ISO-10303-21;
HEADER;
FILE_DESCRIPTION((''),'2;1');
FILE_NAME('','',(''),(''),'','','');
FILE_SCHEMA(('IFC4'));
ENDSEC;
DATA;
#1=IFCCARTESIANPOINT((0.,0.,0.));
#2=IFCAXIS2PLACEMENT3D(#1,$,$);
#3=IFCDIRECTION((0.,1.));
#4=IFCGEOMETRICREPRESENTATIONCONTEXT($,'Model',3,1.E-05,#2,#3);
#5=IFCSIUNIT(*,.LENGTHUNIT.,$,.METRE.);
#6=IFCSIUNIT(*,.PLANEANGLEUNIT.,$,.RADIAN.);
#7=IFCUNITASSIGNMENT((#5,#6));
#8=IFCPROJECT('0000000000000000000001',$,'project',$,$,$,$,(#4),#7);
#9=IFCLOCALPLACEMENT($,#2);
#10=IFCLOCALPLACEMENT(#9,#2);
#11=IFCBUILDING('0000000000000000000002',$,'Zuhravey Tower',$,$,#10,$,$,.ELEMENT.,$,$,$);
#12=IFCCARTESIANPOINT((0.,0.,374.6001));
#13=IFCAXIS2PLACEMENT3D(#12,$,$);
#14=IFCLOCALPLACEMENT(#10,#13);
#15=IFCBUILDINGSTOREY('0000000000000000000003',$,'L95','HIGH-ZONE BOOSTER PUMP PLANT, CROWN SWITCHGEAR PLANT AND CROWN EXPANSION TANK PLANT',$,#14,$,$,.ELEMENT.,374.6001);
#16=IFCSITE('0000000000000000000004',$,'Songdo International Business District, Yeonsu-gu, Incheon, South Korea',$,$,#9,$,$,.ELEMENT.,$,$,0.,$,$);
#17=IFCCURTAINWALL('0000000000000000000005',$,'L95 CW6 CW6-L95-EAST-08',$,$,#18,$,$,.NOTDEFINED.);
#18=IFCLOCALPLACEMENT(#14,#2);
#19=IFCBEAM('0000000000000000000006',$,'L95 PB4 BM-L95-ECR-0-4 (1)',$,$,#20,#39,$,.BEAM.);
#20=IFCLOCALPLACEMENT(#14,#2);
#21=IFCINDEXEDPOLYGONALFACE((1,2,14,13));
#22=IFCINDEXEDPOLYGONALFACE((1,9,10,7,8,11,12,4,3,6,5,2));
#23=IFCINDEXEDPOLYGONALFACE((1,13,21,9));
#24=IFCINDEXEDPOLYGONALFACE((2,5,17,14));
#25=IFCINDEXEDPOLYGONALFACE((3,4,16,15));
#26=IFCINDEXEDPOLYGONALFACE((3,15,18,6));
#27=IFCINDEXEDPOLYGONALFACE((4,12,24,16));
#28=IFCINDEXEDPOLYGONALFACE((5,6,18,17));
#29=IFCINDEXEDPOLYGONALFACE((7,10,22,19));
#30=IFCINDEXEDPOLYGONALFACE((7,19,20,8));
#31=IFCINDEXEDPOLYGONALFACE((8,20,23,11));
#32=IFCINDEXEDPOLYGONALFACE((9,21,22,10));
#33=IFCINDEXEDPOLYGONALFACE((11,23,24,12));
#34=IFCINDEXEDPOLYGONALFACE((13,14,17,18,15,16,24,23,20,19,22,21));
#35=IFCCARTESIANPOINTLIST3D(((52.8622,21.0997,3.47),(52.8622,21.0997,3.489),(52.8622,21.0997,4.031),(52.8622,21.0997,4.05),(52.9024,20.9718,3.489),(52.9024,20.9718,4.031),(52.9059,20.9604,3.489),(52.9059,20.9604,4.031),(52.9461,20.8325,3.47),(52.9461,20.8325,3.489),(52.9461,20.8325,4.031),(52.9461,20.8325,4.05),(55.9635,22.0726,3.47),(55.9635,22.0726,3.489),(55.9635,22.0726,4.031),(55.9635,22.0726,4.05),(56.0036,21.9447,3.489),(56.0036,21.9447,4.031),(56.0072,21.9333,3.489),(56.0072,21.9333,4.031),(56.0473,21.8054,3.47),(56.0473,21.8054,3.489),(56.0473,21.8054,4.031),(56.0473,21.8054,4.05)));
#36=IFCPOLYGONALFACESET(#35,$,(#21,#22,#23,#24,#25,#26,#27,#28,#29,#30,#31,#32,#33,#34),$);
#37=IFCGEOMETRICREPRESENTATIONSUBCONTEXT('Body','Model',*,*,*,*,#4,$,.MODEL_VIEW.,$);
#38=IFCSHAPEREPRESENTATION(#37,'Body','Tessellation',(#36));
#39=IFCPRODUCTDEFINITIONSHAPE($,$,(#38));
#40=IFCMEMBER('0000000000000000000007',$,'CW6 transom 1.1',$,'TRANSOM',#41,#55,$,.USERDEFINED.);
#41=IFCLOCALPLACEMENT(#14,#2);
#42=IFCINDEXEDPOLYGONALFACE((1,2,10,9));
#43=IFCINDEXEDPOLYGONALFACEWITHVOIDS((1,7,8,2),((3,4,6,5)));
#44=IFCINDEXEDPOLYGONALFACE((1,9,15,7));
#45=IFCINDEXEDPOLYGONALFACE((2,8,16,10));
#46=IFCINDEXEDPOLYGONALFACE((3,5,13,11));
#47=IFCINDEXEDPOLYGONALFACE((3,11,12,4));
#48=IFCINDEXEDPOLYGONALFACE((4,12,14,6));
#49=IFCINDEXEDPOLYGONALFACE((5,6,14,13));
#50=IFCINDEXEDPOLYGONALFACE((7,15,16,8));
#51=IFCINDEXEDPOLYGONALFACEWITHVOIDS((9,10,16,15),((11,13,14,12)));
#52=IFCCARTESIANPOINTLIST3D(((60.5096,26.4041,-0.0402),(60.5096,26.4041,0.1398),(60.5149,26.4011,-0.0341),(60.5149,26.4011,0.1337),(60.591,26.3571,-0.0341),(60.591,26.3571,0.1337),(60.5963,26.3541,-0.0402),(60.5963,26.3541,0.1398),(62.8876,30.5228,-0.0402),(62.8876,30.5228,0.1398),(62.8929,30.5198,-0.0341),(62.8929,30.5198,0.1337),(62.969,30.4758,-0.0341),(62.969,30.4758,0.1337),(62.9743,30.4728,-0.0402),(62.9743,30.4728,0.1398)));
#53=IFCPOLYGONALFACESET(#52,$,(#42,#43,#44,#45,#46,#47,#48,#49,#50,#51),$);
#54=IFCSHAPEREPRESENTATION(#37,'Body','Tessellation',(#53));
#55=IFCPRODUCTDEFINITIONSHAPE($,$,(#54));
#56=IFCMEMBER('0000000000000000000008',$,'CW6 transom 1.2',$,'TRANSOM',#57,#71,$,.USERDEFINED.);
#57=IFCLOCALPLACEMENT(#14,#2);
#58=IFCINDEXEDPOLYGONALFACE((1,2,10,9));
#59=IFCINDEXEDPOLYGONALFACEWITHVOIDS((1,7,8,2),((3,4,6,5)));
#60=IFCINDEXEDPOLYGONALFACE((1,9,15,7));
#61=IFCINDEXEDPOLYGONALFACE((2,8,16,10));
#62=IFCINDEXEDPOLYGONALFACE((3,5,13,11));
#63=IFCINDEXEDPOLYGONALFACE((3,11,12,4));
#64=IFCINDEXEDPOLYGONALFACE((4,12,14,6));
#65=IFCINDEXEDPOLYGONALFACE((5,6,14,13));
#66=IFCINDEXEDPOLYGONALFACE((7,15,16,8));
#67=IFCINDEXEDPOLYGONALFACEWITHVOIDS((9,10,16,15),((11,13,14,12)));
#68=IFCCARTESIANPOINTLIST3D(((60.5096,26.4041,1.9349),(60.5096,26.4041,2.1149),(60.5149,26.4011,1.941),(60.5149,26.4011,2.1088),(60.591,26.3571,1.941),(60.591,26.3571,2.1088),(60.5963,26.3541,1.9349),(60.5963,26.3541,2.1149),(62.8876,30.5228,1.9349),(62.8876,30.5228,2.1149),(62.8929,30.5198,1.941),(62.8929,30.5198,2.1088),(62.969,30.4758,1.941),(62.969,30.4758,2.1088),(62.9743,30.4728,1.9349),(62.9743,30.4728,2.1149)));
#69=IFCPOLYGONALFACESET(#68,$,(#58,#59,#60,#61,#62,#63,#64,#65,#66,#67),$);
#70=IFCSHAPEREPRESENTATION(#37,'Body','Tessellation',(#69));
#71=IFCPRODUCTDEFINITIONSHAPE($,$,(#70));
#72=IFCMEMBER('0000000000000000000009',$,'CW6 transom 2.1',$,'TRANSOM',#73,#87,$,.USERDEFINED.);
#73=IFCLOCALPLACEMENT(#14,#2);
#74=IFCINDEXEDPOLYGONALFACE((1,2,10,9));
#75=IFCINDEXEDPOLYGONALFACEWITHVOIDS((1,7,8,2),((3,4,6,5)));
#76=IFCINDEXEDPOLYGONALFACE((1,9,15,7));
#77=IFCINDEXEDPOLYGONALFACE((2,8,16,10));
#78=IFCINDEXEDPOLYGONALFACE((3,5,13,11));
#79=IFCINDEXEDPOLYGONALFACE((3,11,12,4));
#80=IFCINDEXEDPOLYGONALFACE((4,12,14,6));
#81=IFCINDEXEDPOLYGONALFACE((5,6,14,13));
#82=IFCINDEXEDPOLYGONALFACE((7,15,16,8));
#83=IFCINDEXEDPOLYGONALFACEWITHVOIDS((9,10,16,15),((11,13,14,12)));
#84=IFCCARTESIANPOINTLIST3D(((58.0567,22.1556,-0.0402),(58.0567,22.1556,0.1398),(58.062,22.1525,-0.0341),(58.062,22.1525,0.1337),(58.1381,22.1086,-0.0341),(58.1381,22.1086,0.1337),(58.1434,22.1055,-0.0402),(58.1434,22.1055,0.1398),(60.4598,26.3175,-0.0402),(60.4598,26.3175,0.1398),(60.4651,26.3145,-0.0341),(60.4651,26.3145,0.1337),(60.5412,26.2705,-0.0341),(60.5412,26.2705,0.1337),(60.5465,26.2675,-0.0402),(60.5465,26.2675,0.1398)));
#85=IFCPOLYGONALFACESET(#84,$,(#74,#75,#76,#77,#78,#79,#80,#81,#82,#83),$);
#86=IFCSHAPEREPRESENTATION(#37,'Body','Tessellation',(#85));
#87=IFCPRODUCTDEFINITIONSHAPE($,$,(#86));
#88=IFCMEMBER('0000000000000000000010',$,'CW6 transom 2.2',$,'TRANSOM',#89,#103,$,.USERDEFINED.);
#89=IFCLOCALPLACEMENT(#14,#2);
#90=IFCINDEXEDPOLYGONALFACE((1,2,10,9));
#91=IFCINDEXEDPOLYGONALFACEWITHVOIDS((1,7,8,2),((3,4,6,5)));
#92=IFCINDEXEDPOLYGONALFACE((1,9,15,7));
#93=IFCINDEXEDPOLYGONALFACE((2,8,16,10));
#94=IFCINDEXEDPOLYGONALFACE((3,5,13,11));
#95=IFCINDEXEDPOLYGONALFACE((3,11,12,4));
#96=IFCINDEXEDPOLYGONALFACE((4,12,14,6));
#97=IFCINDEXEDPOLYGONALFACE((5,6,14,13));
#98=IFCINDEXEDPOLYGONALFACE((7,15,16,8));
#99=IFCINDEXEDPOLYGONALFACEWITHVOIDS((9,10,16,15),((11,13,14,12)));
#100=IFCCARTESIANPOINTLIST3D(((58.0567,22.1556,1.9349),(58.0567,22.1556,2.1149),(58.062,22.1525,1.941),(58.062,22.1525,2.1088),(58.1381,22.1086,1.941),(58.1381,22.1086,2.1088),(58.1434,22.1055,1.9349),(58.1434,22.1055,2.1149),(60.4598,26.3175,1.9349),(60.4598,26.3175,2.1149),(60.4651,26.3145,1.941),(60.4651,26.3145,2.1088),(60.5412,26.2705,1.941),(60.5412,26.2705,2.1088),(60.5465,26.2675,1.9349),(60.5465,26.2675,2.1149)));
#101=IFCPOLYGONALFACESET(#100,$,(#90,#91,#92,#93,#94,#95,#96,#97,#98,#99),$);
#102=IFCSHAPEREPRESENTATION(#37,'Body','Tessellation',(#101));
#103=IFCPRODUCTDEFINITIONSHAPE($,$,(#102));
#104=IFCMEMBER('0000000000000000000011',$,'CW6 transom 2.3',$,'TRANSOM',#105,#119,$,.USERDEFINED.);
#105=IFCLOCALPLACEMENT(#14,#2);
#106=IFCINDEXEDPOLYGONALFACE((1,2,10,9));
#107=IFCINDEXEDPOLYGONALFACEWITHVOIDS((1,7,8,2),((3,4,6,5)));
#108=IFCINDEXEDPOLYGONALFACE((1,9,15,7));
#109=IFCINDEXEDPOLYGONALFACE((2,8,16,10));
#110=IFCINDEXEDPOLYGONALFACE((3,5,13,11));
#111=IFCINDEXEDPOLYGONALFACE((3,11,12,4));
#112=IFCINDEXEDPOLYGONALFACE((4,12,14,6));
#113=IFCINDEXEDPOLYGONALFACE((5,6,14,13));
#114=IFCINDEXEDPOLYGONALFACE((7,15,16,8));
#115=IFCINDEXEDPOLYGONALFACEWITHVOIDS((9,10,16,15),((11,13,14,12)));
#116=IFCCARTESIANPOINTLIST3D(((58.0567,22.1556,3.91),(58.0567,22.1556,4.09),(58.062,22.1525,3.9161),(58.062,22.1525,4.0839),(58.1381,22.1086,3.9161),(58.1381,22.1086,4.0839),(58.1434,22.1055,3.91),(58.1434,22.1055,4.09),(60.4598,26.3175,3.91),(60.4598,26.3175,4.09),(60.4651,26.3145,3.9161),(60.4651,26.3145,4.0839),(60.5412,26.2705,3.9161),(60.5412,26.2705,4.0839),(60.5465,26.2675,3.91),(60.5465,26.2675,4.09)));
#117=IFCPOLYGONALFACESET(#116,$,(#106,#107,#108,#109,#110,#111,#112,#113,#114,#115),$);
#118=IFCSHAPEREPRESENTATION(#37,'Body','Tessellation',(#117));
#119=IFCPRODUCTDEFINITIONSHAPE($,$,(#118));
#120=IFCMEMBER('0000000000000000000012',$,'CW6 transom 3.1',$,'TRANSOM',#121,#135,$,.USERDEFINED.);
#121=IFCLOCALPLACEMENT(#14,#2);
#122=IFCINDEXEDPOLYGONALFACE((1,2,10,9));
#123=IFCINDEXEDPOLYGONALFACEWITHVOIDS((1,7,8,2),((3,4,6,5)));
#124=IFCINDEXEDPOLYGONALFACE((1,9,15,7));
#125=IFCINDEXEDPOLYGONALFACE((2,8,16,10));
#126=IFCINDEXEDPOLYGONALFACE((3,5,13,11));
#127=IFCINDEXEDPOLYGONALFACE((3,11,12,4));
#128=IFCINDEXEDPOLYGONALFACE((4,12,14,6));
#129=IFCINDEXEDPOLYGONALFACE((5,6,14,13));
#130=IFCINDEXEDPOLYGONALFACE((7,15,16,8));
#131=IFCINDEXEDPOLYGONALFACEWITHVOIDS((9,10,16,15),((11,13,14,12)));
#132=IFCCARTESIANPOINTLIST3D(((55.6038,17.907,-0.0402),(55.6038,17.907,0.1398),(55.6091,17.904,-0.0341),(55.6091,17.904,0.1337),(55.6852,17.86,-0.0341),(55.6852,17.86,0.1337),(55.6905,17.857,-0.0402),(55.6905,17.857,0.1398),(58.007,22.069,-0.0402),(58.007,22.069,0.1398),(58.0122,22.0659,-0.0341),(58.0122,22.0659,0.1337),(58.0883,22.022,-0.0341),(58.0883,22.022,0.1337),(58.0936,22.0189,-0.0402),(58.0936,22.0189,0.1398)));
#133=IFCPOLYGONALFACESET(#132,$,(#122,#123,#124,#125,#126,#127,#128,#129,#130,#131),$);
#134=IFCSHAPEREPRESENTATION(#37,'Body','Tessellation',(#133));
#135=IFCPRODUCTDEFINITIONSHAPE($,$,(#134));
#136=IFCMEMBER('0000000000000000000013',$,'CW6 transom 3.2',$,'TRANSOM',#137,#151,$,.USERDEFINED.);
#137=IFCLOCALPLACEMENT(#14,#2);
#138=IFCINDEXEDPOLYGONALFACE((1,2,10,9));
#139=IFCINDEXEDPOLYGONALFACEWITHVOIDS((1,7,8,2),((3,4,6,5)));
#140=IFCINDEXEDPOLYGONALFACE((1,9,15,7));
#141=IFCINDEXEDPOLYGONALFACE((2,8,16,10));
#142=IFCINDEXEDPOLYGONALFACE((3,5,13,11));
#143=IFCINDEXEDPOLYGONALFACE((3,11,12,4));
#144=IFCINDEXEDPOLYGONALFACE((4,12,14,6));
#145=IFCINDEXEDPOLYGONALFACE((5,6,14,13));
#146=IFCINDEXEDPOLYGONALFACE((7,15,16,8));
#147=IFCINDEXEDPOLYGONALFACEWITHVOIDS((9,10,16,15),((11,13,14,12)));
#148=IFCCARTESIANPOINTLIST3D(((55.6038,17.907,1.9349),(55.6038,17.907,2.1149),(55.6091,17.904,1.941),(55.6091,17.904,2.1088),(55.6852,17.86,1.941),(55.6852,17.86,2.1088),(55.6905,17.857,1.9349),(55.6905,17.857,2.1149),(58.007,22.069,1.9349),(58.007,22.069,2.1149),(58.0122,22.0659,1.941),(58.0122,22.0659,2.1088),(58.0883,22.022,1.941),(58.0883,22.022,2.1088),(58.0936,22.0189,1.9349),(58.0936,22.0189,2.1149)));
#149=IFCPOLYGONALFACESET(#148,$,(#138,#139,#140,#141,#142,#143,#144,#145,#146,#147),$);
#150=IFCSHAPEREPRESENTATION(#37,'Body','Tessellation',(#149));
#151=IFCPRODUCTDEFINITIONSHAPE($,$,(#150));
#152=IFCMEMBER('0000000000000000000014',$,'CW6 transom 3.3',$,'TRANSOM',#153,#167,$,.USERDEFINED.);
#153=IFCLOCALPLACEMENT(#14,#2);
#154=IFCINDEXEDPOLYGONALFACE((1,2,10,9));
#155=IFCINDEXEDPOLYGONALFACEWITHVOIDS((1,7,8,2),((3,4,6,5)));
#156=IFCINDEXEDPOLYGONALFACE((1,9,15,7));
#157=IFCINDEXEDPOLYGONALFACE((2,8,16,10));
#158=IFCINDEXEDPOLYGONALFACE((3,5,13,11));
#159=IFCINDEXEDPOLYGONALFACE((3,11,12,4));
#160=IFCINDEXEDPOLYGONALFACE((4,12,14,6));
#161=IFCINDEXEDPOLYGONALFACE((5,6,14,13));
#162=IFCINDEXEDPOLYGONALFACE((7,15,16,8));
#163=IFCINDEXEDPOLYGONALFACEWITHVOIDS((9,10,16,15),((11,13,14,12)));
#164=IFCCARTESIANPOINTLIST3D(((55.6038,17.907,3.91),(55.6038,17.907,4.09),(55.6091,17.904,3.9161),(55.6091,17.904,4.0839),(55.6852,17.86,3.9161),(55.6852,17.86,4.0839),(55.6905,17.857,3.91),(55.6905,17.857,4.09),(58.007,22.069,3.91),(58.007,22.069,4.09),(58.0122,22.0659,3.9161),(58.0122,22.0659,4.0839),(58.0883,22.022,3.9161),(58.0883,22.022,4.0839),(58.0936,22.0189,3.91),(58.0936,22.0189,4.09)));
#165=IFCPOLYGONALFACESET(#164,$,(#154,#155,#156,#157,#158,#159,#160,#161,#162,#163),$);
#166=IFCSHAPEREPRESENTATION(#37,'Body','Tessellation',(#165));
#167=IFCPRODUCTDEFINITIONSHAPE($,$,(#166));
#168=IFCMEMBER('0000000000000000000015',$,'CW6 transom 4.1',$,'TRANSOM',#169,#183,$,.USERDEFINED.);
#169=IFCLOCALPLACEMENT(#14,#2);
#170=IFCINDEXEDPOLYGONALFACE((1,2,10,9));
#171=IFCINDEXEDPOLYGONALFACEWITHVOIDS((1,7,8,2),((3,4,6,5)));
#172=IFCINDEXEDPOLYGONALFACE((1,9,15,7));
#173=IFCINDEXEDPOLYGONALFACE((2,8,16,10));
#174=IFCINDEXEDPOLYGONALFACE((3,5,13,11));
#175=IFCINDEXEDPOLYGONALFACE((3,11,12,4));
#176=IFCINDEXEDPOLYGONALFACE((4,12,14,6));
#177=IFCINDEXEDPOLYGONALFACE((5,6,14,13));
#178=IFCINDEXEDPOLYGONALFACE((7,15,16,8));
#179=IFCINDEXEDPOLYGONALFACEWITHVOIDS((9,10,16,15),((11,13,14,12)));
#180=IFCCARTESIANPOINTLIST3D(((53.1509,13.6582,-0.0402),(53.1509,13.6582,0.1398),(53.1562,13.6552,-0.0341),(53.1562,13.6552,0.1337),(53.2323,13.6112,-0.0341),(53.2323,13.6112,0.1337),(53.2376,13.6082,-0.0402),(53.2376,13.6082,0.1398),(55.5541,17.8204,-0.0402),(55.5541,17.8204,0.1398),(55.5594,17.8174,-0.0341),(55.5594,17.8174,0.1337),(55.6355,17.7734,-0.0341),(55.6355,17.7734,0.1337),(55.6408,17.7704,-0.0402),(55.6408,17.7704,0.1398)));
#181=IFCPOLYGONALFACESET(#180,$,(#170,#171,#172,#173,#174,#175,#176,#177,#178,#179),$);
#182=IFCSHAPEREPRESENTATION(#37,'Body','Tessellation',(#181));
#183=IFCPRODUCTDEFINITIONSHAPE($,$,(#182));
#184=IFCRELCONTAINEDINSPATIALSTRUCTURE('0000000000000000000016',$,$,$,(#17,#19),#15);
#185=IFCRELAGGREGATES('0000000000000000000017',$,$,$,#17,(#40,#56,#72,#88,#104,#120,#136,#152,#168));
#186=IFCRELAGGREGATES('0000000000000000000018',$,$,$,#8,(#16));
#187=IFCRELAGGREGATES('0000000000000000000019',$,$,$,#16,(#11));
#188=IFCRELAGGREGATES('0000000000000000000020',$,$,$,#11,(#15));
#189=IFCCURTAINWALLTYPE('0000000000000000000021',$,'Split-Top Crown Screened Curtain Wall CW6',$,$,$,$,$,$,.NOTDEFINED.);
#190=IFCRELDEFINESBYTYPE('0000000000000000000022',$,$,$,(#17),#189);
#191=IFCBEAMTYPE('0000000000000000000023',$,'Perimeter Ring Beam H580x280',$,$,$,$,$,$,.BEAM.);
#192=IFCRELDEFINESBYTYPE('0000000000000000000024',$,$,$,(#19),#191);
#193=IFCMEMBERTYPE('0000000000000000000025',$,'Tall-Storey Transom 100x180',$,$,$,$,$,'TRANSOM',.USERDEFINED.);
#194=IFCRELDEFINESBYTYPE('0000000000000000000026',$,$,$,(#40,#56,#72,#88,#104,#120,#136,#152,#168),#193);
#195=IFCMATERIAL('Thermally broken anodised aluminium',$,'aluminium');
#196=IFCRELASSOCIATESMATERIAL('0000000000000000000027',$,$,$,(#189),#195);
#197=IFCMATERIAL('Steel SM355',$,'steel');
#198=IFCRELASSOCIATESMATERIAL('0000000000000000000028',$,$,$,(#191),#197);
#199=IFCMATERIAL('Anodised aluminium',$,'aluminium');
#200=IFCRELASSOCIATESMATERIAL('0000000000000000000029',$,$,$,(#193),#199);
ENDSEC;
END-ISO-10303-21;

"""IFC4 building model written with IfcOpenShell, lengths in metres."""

from ifc_helpers import new_model, si_unit, direction, frame, origin, origin_2d, place, context, subcontext, project, spatial, hollow_rectangle, i_section, extrude, material, material_profile, profile_set, type_object, element, aggregate, save


model = new_model("IFC4")

# Units and contexts
model_context = context("Model", 3, precision=1e-05, world=origin(), true_north=direction((0.0, 1.0)))
body_context = subcontext(model_context, "Body", "Model", "MODEL_VIEW")
ifc_project = project(units=[si_unit("LENGTHUNIT", "METRE"), si_unit("PLANEANGLEUNIT", "RADIAN")], contexts=[model_context])

# Site, building, storey
site_placement = place(None, origin())
site = spatial("IfcSite", under=ifc_project, at=site_placement, Name="Songdo International Business District, Yeonsu-gu, Incheon, South Korea", CompositionType="ELEMENT", RefElevation=0.0)
building_placement = place(site_placement, origin())
building = spatial("IfcBuilding", under=site, at=building_placement, Name="Zuhravey Tower", CompositionType="ELEMENT")
storey_placement = place(building_placement, frame((0.0, 0.0, 374.6001)))
storey = spatial("IfcBuildingStorey", under=building, at=storey_placement, Name="L95", Description="HIGH-ZONE BOOSTER PUMP PLANT, CROWN SWITCHGEAR PLANT AND CROWN EXPANSION TANK PLANT", CompositionType="ELEMENT", Elevation=374.6001)

# Shared definitions
ifc_material_1 = material(Name="Steel SM355", Category="steel")

# Curtain wall
ifc_material_2 = material(Name="Thermally broken anodised aluminium", Category="aluminium")
curtain_wall_type = type_object("IfcCurtainWallType", Name="Split-Top Crown Screened Curtain Wall CW6", PredefinedType="NOTDEFINED", material=ifc_material_2)
curtain_wall_placement = place(storey_placement, origin())
curtain_wall = element("IfcCurtainWall", 1, at=curtain_wall_placement, inside=storey, type_object=curtain_wall_type, Name="L95 CW6 CW6-L95-EAST-08", PredefinedType="NOTDEFINED")
ifc_material_3 = material(Name="Anodised aluminium", Category="aluminium")

# Beam
ifc_material_profile_1 = material_profile(ifc_material_1, i_section(OverallWidth=0.28, OverallDepth=0.5801, WebThickness=0.012, FlangeThickness=0.019, at=origin_2d()), Name="H-580x280x12x19")
ifc_profile_set_1 = profile_set([ifc_material_profile_1], Name="Steel SM355")
beam_type = type_object("IfcBeamType", Name="Perimeter Ring Beam H580x280", PredefinedType="BEAM", material=ifc_profile_set_1)
beam_1_placement = place(storey_placement, frame((56.0054, 21.939, 3.76), z_axis=(-0.954152, -0.299323, 0.0), x_axis=(0.299323, -0.954152, 0.0)))
element("IfcBeam", 2, at=beam_1_placement, inside=storey, type_object=beam_type, Name="L95 PB4 BM-L95-ECR-0-4 (1)", PredefinedType="BEAM", context=body_context, shape_type="SweptSolid", body=[
    extrude(i_section(OverallWidth=0.28, OverallDepth=0.5801, WebThickness=0.012, FlangeThickness=0.019, at=origin_2d()), origin(), (0.0, 0.0, 1.0), 3.2502),
])

# Members
ifc_material_profile_2 = material_profile(ifc_material_3, hollow_rectangle(XDim=0.1001, YDim=0.1799, WallThickness=0.0061, at=origin_2d()), Name="ALU-RHS-100x180x6")
ifc_profile_set_2 = profile_set([ifc_material_profile_2], Name="Anodised aluminium")
member_type_1 = type_object("IfcMemberType", Name="Tall-Storey Transom 100x180", ElementType="TRANSOM", PredefinedType="USERDEFINED", material=ifc_profile_set_2)
member_1_placement = place(storey_placement, frame((62.9309, 30.4978, 0.0498), z_axis=(-0.500004, -0.866023, 0.0), x_axis=(0.866023, -0.500004, 0.0)))
member_1 = element("IfcMember", 3, at=member_1_placement, type_object=member_type_1, Name="CW6 transom 1.1", ObjectType="TRANSOM", PredefinedType="USERDEFINED", context=body_context, shape_type="SweptSolid", body=[
    extrude(hollow_rectangle(XDim=0.1001, YDim=0.1799, WallThickness=0.0061, at=origin_2d()), origin(), (0.0, 0.0, 1.0), 4.7559),
])
member_2_placement = place(storey_placement, frame((62.9309, 30.4978, 2.0249), z_axis=(-0.500004, -0.866023, 0.0), x_axis=(0.866023, -0.500004, 0.0)))
member_2 = element("IfcMember", 4, at=member_2_placement, type_object=member_type_1, Name="CW6 transom 1.2", ObjectType="TRANSOM", PredefinedType="USERDEFINED", context=body_context, shape_type="SweptSolid", body=[
    extrude(hollow_rectangle(XDim=0.1001, YDim=0.1799, WallThickness=0.0061, at=origin_2d()), origin(), (0.0, 0.0, 1.0), 4.7559),
])
member_3_placement = place(storey_placement, frame((60.5032, 26.2925, 0.0498), z_axis=(-0.500035, -0.866005, 0.0), x_axis=(0.866005, -0.500035, 0.0)))
member_3 = element("IfcMember", 5, at=member_3_placement, type_object=member_type_1, Name="CW6 transom 2.1", ObjectType="TRANSOM", PredefinedType="USERDEFINED", context=body_context, shape_type="SweptSolid", body=[
    extrude(hollow_rectangle(XDim=0.1001, YDim=0.1799, WallThickness=0.0061, at=origin_2d()), origin(), (0.0, 0.0, 1.0), 4.8059),
])
member_4_placement = place(storey_placement, frame((60.5032, 26.2925, 2.0249), z_axis=(-0.500035, -0.866005, 0.0), x_axis=(0.866005, -0.500035, 0.0)))
member_4 = element("IfcMember", 6, at=member_4_placement, type_object=member_type_1, Name="CW6 transom 2.2", ObjectType="TRANSOM", PredefinedType="USERDEFINED", context=body_context, shape_type="SweptSolid", body=[
    extrude(hollow_rectangle(XDim=0.1001, YDim=0.1799, WallThickness=0.0061, at=origin_2d()), origin(), (0.0, 0.0, 1.0), 4.8059),
])
member_5_placement = place(storey_placement, frame((60.5032, 26.2925, 4.0), z_axis=(-0.500035, -0.866005, 0.0), x_axis=(0.866005, -0.500035, 0.0)))
member_5 = element("IfcMember", 7, at=member_5_placement, type_object=member_type_1, Name="CW6 transom 2.3", ObjectType="TRANSOM", PredefinedType="USERDEFINED", context=body_context, shape_type="SweptSolid", body=[
    extrude(hollow_rectangle(XDim=0.1001, YDim=0.1799, WallThickness=0.0061, at=origin_2d()), origin(), (0.0, 0.0, 1.0), 4.8059),
])
member_6_placement = place(storey_placement, frame((58.0503, 22.0439, 0.0498), z_axis=(-0.500035, -0.866005, 0.0), x_axis=(0.866005, -0.500035, 0.0)))
member_6 = element("IfcMember", 8, at=member_6_placement, type_object=member_type_1, Name="CW6 transom 3.1", ObjectType="TRANSOM", PredefinedType="USERDEFINED", context=body_context, shape_type="SweptSolid", body=[
    extrude(hollow_rectangle(XDim=0.1001, YDim=0.1799, WallThickness=0.0061, at=origin_2d()), origin(), (0.0, 0.0, 1.0), 4.8059),
])
member_7_placement = place(storey_placement, frame((58.0503, 22.0439, 2.0249), z_axis=(-0.500035, -0.866005, 0.0), x_axis=(0.866005, -0.500035, 0.0)))
member_7 = element("IfcMember", 9, at=member_7_placement, type_object=member_type_1, Name="CW6 transom 3.2", ObjectType="TRANSOM", PredefinedType="USERDEFINED", context=body_context, shape_type="SweptSolid", body=[
    extrude(hollow_rectangle(XDim=0.1001, YDim=0.1799, WallThickness=0.0061, at=origin_2d()), origin(), (0.0, 0.0, 1.0), 4.8059),
])
member_8_placement = place(storey_placement, frame((58.0503, 22.0439, 4.0), z_axis=(-0.500035, -0.866005, 0.0), x_axis=(0.866005, -0.500035, 0.0)))
member_8 = element("IfcMember", 10, at=member_8_placement, type_object=member_type_1, Name="CW6 transom 3.3", ObjectType="TRANSOM", PredefinedType="USERDEFINED", context=body_context, shape_type="SweptSolid", body=[
    extrude(hollow_rectangle(XDim=0.1001, YDim=0.1799, WallThickness=0.0061, at=origin_2d()), origin(), (0.0, 0.0, 1.0), 4.8059),
])
member_9_placement = place(storey_placement, frame((55.5974, 17.7954, 0.0498), z_axis=(-0.500013, -0.866018, 0.0), x_axis=(0.866018, -0.500013, 0.0)))
member_9 = element("IfcMember", 11, at=member_9_placement, type_object=member_type_1, Name="CW6 transom 4.1", ObjectType="TRANSOM", PredefinedType="USERDEFINED", context=body_context, shape_type="SweptSolid", body=[
    extrude(hollow_rectangle(XDim=0.1001, YDim=0.1799, WallThickness=0.0061, at=origin_2d()), origin(), (0.0, 0.0, 1.0), 4.8062),
])

aggregate(curtain_wall, [member_1, member_2, member_3, member_4, member_5, member_6, member_7, member_8, member_9])

save(model, "model.ifc")
